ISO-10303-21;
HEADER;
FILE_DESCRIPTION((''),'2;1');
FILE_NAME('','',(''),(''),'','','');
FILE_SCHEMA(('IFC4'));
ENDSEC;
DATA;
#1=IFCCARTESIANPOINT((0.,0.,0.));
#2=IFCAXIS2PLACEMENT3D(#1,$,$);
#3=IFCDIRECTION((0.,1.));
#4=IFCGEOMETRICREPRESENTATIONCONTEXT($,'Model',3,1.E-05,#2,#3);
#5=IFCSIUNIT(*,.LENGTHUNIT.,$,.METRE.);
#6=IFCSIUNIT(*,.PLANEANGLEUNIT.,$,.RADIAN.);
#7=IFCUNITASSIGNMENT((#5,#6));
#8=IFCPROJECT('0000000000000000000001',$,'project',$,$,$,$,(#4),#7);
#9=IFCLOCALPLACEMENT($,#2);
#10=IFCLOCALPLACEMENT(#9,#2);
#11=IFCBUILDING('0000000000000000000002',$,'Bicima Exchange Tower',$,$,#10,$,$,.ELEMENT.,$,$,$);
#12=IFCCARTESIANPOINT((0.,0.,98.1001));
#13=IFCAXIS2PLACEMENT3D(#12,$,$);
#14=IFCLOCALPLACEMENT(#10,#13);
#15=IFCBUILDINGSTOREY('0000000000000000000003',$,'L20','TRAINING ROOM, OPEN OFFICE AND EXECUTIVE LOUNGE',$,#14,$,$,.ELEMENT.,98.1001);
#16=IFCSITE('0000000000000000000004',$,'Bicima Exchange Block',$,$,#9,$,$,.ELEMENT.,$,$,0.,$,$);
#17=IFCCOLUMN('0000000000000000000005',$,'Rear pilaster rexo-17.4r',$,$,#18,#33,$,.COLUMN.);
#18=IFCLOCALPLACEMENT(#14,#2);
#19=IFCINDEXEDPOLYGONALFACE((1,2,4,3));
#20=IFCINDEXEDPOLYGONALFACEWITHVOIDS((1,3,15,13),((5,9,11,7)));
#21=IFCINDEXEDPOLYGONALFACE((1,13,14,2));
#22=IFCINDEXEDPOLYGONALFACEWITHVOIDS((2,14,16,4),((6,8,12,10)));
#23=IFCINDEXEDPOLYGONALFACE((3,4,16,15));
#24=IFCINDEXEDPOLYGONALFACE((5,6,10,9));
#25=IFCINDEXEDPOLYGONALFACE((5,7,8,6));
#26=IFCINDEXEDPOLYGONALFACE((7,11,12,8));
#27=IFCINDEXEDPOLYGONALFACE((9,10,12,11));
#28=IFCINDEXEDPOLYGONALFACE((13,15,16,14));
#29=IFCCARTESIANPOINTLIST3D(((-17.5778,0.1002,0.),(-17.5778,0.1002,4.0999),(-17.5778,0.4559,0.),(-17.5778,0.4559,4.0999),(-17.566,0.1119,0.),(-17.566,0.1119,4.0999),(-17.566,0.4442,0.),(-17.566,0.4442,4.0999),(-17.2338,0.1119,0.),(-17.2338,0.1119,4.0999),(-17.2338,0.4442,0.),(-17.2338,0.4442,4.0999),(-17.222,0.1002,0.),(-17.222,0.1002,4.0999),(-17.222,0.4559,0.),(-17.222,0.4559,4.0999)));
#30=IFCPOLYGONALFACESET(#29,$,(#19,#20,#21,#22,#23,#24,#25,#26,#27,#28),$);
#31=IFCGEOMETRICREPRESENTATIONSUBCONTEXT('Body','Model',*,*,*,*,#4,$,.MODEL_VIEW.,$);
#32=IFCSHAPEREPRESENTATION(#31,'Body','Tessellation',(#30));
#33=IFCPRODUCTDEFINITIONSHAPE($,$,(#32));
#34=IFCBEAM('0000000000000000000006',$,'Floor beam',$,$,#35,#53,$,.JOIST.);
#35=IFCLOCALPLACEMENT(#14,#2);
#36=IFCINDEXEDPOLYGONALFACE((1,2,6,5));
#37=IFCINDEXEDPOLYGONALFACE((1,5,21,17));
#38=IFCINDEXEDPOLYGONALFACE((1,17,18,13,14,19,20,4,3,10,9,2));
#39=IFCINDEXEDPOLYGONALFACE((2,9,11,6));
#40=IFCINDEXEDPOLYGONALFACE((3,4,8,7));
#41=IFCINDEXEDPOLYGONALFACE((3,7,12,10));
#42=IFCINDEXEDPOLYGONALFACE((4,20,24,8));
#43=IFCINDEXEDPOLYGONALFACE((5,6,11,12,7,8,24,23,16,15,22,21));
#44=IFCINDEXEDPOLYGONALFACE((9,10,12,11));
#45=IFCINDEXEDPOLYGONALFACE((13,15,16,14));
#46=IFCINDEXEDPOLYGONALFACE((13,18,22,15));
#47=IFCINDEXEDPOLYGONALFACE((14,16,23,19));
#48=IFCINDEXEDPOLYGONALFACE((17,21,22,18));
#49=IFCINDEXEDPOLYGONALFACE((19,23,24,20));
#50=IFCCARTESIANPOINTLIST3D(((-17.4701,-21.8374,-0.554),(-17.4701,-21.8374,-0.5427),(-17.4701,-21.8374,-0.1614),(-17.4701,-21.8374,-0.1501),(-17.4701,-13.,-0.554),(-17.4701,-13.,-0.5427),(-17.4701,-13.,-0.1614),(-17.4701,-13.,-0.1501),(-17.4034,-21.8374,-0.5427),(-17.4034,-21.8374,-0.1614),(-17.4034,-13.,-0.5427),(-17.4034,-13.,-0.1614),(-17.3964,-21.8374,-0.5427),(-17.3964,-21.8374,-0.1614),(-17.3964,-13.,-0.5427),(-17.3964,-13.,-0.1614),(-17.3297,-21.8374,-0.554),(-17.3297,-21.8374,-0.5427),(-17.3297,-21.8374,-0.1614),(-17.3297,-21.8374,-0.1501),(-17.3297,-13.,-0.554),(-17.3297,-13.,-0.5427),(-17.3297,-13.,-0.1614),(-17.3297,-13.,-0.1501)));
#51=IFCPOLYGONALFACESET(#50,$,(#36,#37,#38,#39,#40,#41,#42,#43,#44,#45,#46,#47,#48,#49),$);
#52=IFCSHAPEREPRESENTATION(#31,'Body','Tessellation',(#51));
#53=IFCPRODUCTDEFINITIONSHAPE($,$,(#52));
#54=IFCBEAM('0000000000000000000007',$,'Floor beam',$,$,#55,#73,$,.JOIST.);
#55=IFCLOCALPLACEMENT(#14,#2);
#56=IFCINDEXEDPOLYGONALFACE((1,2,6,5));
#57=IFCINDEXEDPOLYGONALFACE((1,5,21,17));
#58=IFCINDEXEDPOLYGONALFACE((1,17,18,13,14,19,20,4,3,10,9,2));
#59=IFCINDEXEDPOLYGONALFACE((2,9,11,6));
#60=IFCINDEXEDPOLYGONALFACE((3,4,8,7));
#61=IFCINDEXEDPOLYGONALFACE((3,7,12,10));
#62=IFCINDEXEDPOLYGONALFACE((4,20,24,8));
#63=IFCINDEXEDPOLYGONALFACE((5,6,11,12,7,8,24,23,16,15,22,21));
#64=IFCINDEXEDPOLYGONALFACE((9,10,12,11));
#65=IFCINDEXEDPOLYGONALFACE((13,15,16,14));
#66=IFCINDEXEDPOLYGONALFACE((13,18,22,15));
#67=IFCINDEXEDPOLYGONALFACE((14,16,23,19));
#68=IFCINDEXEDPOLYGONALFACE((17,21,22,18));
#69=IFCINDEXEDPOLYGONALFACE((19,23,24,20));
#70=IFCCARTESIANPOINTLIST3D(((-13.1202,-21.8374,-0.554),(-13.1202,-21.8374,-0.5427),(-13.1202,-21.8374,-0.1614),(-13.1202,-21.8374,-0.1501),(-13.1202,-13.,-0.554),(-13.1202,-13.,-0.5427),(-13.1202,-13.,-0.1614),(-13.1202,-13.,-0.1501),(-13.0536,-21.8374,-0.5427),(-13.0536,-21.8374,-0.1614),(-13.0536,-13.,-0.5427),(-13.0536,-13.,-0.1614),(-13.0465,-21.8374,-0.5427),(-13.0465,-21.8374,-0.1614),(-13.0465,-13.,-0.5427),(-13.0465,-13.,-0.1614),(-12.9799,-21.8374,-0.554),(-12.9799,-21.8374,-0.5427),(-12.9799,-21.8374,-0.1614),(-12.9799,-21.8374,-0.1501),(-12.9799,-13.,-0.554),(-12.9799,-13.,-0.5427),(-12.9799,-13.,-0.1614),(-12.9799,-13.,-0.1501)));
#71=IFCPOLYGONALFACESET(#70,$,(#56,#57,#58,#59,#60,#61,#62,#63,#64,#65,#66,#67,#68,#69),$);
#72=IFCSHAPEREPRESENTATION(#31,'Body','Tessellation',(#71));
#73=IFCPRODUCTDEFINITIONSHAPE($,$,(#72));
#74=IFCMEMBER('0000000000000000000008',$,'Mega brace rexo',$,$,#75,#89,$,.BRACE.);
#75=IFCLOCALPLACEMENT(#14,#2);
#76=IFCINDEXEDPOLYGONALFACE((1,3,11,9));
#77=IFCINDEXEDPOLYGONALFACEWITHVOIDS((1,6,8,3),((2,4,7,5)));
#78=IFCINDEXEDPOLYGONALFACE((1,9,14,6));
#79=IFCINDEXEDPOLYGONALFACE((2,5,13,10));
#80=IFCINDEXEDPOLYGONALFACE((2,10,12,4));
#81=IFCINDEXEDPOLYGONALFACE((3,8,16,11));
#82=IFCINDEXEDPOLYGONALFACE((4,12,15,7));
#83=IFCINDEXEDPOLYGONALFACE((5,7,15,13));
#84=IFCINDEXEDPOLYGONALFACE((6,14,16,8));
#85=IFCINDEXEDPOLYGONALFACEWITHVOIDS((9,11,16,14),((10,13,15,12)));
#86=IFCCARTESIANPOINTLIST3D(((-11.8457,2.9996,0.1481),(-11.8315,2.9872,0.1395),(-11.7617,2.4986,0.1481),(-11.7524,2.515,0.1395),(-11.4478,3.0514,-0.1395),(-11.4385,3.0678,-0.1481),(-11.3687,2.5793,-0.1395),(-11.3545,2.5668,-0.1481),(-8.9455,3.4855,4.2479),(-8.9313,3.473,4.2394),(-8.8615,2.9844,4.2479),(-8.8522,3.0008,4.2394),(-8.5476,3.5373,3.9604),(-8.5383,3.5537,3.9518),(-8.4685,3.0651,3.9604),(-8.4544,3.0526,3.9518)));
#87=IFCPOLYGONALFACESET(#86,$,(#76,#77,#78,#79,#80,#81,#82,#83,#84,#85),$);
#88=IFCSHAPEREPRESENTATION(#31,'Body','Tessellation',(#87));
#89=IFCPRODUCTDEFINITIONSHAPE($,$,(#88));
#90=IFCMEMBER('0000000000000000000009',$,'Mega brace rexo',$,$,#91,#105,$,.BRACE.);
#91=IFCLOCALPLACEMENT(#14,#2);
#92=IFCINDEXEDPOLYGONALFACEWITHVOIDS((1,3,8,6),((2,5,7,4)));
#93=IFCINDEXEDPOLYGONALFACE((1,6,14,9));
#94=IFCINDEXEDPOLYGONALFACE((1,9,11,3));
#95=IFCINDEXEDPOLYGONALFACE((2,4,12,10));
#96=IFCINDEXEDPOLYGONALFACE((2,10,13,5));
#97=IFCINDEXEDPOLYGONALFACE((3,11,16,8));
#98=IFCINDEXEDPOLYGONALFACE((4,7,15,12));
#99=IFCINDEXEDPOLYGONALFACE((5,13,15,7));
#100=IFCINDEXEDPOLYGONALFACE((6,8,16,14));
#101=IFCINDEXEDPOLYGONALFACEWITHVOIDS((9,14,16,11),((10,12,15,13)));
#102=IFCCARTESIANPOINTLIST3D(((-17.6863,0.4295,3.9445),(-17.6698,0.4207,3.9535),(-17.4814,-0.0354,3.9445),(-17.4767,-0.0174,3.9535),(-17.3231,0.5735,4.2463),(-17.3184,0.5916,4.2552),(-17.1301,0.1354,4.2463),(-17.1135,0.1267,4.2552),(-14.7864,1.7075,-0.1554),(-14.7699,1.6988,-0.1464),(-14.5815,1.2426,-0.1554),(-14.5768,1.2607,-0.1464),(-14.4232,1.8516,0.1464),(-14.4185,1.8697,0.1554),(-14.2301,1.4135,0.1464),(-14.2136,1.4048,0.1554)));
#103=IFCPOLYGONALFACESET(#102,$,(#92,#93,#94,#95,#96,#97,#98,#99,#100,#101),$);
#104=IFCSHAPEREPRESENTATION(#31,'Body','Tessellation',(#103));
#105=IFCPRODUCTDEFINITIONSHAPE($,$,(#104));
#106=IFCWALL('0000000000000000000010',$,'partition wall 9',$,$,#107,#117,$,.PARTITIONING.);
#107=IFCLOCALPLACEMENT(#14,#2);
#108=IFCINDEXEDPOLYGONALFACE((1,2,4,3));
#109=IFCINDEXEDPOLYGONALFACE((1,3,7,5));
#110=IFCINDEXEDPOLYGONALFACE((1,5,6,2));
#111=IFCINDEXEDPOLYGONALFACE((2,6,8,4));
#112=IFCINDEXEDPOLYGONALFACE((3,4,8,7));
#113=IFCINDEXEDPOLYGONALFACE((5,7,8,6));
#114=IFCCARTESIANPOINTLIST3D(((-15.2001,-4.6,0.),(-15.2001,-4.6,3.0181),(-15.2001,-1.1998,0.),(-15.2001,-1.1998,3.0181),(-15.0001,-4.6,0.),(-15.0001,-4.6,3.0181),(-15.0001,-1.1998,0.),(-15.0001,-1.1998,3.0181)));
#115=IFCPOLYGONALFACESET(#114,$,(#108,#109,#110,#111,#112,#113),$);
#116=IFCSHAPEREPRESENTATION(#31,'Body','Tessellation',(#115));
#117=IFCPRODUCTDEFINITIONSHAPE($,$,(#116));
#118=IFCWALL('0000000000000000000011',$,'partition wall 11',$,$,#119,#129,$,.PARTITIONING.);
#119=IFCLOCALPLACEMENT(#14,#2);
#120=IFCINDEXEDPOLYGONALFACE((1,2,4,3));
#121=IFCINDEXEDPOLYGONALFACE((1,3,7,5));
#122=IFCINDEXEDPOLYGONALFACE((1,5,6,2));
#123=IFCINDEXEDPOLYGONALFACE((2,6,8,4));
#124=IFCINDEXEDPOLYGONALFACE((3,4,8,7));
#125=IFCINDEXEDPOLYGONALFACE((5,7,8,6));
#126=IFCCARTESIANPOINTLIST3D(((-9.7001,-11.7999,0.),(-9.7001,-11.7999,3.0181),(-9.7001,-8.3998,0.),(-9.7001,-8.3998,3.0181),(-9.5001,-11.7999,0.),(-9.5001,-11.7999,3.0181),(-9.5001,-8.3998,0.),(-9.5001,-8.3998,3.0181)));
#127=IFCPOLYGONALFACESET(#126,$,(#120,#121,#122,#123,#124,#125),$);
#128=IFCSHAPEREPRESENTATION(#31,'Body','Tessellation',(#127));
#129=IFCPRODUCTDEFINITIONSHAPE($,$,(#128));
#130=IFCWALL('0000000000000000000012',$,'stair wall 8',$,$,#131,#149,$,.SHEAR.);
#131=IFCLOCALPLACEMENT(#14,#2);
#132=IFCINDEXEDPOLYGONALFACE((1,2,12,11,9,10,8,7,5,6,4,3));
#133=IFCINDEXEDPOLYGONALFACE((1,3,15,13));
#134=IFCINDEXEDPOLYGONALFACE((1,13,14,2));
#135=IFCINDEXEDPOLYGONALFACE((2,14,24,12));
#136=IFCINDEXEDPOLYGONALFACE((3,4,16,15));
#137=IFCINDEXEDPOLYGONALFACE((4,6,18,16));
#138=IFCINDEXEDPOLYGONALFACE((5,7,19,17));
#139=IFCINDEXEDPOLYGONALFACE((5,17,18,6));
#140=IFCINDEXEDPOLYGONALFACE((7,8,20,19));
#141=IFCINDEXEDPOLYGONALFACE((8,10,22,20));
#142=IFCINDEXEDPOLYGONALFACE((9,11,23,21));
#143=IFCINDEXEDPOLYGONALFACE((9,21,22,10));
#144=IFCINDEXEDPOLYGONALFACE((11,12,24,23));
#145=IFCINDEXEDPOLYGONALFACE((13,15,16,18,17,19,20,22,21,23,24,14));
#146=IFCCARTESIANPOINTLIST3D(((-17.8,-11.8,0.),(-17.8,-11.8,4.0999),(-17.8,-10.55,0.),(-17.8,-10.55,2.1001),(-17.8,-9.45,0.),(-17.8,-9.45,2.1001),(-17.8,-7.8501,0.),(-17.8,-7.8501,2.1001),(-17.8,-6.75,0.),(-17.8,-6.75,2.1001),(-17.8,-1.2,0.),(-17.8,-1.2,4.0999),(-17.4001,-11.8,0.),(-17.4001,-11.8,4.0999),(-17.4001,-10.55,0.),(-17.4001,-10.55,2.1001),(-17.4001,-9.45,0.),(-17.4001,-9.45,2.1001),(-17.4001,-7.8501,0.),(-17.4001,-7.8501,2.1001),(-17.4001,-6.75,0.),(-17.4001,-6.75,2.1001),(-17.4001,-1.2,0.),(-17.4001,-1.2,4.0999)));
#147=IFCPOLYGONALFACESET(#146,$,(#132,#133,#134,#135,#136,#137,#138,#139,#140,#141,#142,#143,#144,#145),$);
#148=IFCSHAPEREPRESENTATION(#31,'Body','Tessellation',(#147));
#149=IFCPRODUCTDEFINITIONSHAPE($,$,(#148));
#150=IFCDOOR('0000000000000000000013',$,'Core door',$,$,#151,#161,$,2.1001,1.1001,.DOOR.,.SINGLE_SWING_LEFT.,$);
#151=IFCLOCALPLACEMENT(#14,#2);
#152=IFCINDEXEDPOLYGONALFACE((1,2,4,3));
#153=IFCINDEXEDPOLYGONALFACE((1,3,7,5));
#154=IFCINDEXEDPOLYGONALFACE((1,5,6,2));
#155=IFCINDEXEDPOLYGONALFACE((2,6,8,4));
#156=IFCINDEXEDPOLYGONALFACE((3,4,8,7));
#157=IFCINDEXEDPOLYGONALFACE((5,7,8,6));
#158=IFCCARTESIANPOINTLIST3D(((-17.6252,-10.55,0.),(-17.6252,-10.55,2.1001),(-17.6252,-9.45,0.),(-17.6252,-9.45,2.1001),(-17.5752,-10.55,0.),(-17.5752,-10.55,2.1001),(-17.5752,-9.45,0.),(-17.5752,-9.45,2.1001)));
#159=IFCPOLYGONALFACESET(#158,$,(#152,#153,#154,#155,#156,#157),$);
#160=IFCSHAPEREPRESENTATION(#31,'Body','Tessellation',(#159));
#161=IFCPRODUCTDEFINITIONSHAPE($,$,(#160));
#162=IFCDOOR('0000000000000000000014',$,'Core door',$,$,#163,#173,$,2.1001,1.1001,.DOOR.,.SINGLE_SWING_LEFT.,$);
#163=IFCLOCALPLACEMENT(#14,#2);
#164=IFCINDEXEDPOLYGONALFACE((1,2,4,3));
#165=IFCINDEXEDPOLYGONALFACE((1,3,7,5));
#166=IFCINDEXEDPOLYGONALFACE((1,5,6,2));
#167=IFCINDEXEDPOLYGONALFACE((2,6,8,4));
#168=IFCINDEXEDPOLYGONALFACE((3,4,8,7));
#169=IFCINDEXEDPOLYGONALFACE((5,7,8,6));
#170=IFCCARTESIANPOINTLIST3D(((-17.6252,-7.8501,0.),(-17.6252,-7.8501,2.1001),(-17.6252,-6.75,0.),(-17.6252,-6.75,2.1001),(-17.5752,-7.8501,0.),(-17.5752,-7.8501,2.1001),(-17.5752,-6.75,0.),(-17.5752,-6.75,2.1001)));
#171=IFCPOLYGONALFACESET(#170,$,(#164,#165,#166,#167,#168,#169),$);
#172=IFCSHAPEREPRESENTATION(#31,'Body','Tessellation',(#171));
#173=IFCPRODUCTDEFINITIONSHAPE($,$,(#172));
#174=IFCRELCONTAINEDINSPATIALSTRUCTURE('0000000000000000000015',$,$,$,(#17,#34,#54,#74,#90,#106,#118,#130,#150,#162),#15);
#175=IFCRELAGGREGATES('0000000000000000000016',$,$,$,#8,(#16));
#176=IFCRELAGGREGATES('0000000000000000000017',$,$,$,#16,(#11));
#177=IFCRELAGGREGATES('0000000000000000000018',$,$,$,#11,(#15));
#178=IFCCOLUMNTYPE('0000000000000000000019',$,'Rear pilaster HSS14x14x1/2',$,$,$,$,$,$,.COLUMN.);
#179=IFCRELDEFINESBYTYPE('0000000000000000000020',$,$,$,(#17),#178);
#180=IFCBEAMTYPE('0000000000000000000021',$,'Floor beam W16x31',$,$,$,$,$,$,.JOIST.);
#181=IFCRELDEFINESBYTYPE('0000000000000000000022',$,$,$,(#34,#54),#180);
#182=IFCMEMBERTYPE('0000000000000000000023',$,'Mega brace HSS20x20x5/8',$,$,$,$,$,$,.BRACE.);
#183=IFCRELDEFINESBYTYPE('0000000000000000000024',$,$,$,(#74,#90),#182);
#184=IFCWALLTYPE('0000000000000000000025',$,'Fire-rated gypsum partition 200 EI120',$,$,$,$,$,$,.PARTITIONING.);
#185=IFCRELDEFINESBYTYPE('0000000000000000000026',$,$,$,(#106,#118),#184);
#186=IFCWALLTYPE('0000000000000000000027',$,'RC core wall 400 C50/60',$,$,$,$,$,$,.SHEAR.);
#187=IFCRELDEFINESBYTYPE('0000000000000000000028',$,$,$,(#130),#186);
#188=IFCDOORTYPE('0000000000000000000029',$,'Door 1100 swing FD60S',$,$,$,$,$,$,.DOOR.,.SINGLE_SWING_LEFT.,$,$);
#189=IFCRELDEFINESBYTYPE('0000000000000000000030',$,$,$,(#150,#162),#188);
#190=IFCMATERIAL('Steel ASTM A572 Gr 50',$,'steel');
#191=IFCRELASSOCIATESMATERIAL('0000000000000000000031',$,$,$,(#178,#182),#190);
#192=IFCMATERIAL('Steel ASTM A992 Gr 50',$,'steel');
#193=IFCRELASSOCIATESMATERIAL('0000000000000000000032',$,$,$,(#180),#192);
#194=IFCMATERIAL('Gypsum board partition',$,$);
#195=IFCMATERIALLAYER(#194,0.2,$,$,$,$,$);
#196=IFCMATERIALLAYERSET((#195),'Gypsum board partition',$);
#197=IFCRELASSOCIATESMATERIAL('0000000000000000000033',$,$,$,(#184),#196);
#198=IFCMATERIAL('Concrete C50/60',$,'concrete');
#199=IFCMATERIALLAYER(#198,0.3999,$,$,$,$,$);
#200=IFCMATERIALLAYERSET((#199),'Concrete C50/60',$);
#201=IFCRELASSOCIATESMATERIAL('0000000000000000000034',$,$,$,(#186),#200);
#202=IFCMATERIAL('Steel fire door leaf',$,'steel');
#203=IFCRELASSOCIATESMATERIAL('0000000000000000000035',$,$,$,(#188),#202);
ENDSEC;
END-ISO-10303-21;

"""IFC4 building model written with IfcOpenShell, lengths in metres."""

from ifc_helpers import new_model, si_unit, direction, frame, frame_2d, origin, origin_2d, place, context, subcontext, project, spatial, rectangle, hollow_rectangle, i_section, extrude, material, layer, layer_set, material_profile, profile_set, type_object, element, fill, save


model = new_model("IFC4")

# Units and contexts
model_context = context("Model", 3, precision=1e-05, world=origin(), true_north=direction((0.0, 1.0)))
body_context = subcontext(model_context, "Body", "Model", "MODEL_VIEW")
ifc_project = project(units=[si_unit("LENGTHUNIT", "METRE"), si_unit("PLANEANGLEUNIT", "RADIAN")], contexts=[model_context])

# Site, building, storey
site_placement = place(None, origin())
site = spatial("IfcSite", under=ifc_project, at=site_placement, Name="Bicima Exchange Block", CompositionType="ELEMENT", RefElevation=0.0)
building_placement = place(site_placement, origin())
building = spatial("IfcBuilding", under=site, at=building_placement, Name="Bicima Exchange Tower", CompositionType="ELEMENT")
storey_placement = place(building_placement, frame((0.0, 0.0, 98.1001)))
storey = spatial("IfcBuildingStorey", under=building, at=storey_placement, Name="L20", Description="TRAINING ROOM, OPEN OFFICE AND EXECUTIVE LOUNGE", CompositionType="ELEMENT", Elevation=98.1001)

# Column
ifc_material_1 = material(Name="Steel ASTM A572 Gr 50", Category="steel")
ifc_material_profile_1 = material_profile(ifc_material_1, hollow_rectangle(XDim=0.3557, YDim=0.3557, WallThickness=0.0117, at=origin_2d()))
ifc_profile_set_1 = profile_set([ifc_material_profile_1], Name="Steel ASTM A572 Gr 50")
column_type = type_object("IfcColumnType", Name="Rear pilaster HSS14x14x1/2", PredefinedType="COLUMN", material=ifc_profile_set_1)
column_placement = place(storey_placement, frame((-17.3999, 0.2781, 0.0), z_axis=(0.0, 0.0, 1.0), x_axis=(1.0, 0.0, 0.0)))
element("IfcColumn", 1, at=column_placement, inside=storey, type_object=column_type, Name="Rear pilaster rexo-17.4r", PredefinedType="COLUMN", context=body_context, shape_type="SweptSolid", body=[
    extrude(hollow_rectangle(XDim=0.3557, YDim=0.3557, WallThickness=0.0117, at=origin_2d()), origin(), (0.0, 0.0, 1.0), 4.0999),
])

# Beams
ifc_material_2 = material(Name="Steel ASTM A992 Gr 50", Category="steel")
ifc_material_profile_2 = material_profile(ifc_material_2, i_section(OverallWidth=0.1404, OverallDepth=0.4038, WebThickness=0.0071, FlangeThickness=0.0112, at=origin_2d()))
ifc_profile_set_2 = profile_set([ifc_material_profile_2], Name="Steel ASTM A992 Gr 50")
beam_type = type_object("IfcBeamType", Name="Floor beam W16x31", PredefinedType="JOIST", material=ifc_profile_set_2)
for number, where, z_axis, x_axis, name in (
    (2, (-17.3999, -13.0, -0.3521), (0.0, -1.0, 0.0), (1.0, 0.0, 0.0), "Floor beam"),
    (3, (-13.05, -13.0, -0.3521), (0.0, -1.0, 0.0), (1.0, 0.0, 0.0), "Floor beam"),
):
    element("IfcBeam", number, at=place(storey_placement, frame(where, z_axis=z_axis, x_axis=x_axis)), inside=storey, type_object=beam_type, Name=name, PredefinedType="JOIST", context=body_context, shape_type="SweptSolid", body=[
        extrude(i_section(OverallWidth=0.1404, OverallDepth=0.4038, WebThickness=0.0071, FlangeThickness=0.0112, at=origin_2d()), origin(), (0.0, 0.0, 1.0), 8.8374),
    ])

# Members
ifc_material_profile_3 = material_profile(ifc_material_1, hollow_rectangle(XDim=0.5081, YDim=0.5081, WallThickness=0.0146, at=origin_2d()))
ifc_profile_set_3 = profile_set([ifc_material_profile_3], Name="Steel ASTM A572 Gr 50")
member_type = type_object("IfcMemberType", Name="Mega brace HSS20x20x5/8", PredefinedType="BRACE", material=ifc_profile_set_3)
member_1_placement = place(storey_placement, frame((-11.6001, 2.7832, 0.0), z_axis=(0.574814, 0.096294, 0.812598), x_axis=(-0.16522, 0.986257, 0.0)))
element("IfcMember", 4, at=member_1_placement, inside=storey, type_object=member_type, Name="Mega brace rexo", PredefinedType="BRACE", context=body_context, shape_type="SweptSolid", body=[
    extrude(hollow_rectangle(XDim=0.5081, YDim=0.5081, WallThickness=0.0146, at=origin_2d()), origin(), (0.0, 0.0, 1.0), 5.0454),
])
member_2_placement = place(storey_placement, frame((-14.5, 1.5562, 0.0), z_axis=(-0.559625, -0.246644, 0.791193), x_axis=(0.403299, -0.915068, 0.0)))
element("IfcMember", 5, at=member_2_placement, inside=storey, type_object=member_type, Name="Mega brace rexo", PredefinedType="BRACE", context=body_context, shape_type="SweptSolid", body=[
    extrude(hollow_rectangle(XDim=0.5081, YDim=0.5081, WallThickness=0.0146, at=origin_2d()), origin(), (0.0, 0.0, 1.0), 5.1819),
])

# Walls
ifc_material_3 = material(Name="Gypsum board partition")
ifc_layer_1 = layer(ifc_material_3, 0.2)
ifc_layer_set_1 = layer_set([ifc_layer_1], Name="Gypsum board partition")
wall_type_1 = type_object("IfcWallType", Name="Fire-rated gypsum partition 200 EI120", PredefinedType="PARTITIONING", material=ifc_layer_set_1)
for number, where, z_axis, x_axis, name in (
    (6, (-15.1001, -4.6001, 0.0), (0.0, 0.0, 1.0), (0.0, 1.0, 0.0), "partition wall 9"),
    (7, (-9.6001, -11.8, 0.0), (0.0, 0.0, 1.0), (0.0, 1.0, 0.0), "partition wall 11"),
):
    element("IfcWall", number, at=place(storey_placement, frame(where, z_axis=z_axis, x_axis=x_axis)), inside=storey, type_object=wall_type_1, Name=name, PredefinedType="PARTITIONING", context=body_context, shape_type="SweptSolid", body=[
        extrude(rectangle(XDim=3.4001, YDim=0.2, at=frame_2d((1.7002, 0.0))), origin(), (0.0, 0.0, 1.0), 3.0181),
    ])

# Wall, openings, doors
ifc_material_4 = material(Name="Concrete C50/60", Category="concrete")
ifc_layer_2 = layer(ifc_material_4, 0.3999)
ifc_layer_set_2 = layer_set([ifc_layer_2], Name="Concrete C50/60")
wall_type_2 = type_object("IfcWallType", Name="RC core wall 400 C50/60", PredefinedType="SHEAR", material=ifc_layer_set_2)
wall_1_placement = place(storey_placement, frame((-17.6001, -11.8, 0.0), z_axis=(0.0, 0.0, 1.0), x_axis=(0.0, 1.0, 0.0)))
wall_1 = element("IfcWall", 8, at=wall_1_placement, inside=storey, type_object=wall_type_2, Name="stair wall 8", PredefinedType="SHEAR", context=body_context, shape_type="SweptSolid", body=[
    extrude(rectangle(XDim=10.6001, YDim=0.3999, at=frame_2d((5.3, 0.0))), origin(), (0.0, 0.0, 1.0), 4.0999),
])
opening_1_placement = place(wall_1_placement, frame((1.25, 0.0, 0.0)))
opening_1 = element("IfcOpeningElement", 9, at=opening_1_placement, cuts=wall_1, PredefinedType="OPENING", context=body_context, shape_type="SweptSolid", body=[
    extrude(rectangle(XDim=1.1001, YDim=2.1001, at=frame_2d((0.55, 1.05))), frame((0.0, 0.2119, 0.0), z_axis=(0.0, -1.0, 0.0), x_axis=(1.0, 0.0, 0.0)), (0.0, 0.0, 1.0), 0.4238),
])
opening_2_placement = place(wall_1_placement, frame((3.95, 0.0, 0.0)))
opening_2 = element("IfcOpeningElement", 10, at=opening_2_placement, cuts=wall_1, PredefinedType="OPENING", context=body_context, shape_type="SweptSolid", body=[
    extrude(rectangle(XDim=1.1001, YDim=2.1001, at=frame_2d((0.55, 1.05))), frame((0.0, 0.2119, 0.0), z_axis=(0.0, -1.0, 0.0), x_axis=(1.0, 0.0, 0.0)), (0.0, 0.0, 1.0), 0.4238),
])
ifc_material_5 = material(Name="Steel fire door leaf", Category="steel")
door_type_1 = type_object("IfcDoorType", Name="Door 1100 swing FD60S", OperationType="SINGLE_SWING_LEFT", PredefinedType="DOOR", material=ifc_material_5)
door_1_placement = place(opening_1_placement, frame((1.1001, 0.0, 0.0), z_axis=(0.0, 0.0, 1.0), x_axis=(-1.0, 0.0, 0.0)))
door_1 = element("IfcDoor", 11, at=door_1_placement, inside=storey, type_object=door_type_1, Name="Core door", OperationType="SINGLE_SWING_LEFT", OverallHeight=2.1001, OverallWidth=1.1001, PredefinedType="DOOR", context=body_context, shape_type="SweptSolid", body=[
    extrude(rectangle(XDim=1.1001, YDim=2.1001, at=frame_2d((0.55, 1.05))), frame((0.0, 0.0249, 0.0), z_axis=(0.0, -1.0, 0.0), x_axis=(1.0, 0.0, 0.0)), (0.0, 0.0, 1.0), 0.05),
])
fill(opening_1, door_1)
door_2_placement = place(opening_2_placement, frame((1.1001, 0.0, 0.0), z_axis=(0.0, 0.0, 1.0), x_axis=(-1.0, 0.0, 0.0)))
door_2 = element("IfcDoor", 12, at=door_2_placement, inside=storey, type_object=door_type_1, Name="Core door", OperationType="SINGLE_SWING_LEFT", OverallHeight=2.1001, OverallWidth=1.1001, PredefinedType="DOOR", context=body_context, shape_type="SweptSolid", body=[
    extrude(rectangle(XDim=1.1001, YDim=2.1001, at=frame_2d((0.55, 1.05))), frame((0.0, 0.0249, 0.0), z_axis=(0.0, -1.0, 0.0), x_axis=(1.0, 0.0, 0.0)), (0.0, 0.0, 1.0), 0.05),
])
fill(opening_2, door_2)

save(model, "model.ifc")
